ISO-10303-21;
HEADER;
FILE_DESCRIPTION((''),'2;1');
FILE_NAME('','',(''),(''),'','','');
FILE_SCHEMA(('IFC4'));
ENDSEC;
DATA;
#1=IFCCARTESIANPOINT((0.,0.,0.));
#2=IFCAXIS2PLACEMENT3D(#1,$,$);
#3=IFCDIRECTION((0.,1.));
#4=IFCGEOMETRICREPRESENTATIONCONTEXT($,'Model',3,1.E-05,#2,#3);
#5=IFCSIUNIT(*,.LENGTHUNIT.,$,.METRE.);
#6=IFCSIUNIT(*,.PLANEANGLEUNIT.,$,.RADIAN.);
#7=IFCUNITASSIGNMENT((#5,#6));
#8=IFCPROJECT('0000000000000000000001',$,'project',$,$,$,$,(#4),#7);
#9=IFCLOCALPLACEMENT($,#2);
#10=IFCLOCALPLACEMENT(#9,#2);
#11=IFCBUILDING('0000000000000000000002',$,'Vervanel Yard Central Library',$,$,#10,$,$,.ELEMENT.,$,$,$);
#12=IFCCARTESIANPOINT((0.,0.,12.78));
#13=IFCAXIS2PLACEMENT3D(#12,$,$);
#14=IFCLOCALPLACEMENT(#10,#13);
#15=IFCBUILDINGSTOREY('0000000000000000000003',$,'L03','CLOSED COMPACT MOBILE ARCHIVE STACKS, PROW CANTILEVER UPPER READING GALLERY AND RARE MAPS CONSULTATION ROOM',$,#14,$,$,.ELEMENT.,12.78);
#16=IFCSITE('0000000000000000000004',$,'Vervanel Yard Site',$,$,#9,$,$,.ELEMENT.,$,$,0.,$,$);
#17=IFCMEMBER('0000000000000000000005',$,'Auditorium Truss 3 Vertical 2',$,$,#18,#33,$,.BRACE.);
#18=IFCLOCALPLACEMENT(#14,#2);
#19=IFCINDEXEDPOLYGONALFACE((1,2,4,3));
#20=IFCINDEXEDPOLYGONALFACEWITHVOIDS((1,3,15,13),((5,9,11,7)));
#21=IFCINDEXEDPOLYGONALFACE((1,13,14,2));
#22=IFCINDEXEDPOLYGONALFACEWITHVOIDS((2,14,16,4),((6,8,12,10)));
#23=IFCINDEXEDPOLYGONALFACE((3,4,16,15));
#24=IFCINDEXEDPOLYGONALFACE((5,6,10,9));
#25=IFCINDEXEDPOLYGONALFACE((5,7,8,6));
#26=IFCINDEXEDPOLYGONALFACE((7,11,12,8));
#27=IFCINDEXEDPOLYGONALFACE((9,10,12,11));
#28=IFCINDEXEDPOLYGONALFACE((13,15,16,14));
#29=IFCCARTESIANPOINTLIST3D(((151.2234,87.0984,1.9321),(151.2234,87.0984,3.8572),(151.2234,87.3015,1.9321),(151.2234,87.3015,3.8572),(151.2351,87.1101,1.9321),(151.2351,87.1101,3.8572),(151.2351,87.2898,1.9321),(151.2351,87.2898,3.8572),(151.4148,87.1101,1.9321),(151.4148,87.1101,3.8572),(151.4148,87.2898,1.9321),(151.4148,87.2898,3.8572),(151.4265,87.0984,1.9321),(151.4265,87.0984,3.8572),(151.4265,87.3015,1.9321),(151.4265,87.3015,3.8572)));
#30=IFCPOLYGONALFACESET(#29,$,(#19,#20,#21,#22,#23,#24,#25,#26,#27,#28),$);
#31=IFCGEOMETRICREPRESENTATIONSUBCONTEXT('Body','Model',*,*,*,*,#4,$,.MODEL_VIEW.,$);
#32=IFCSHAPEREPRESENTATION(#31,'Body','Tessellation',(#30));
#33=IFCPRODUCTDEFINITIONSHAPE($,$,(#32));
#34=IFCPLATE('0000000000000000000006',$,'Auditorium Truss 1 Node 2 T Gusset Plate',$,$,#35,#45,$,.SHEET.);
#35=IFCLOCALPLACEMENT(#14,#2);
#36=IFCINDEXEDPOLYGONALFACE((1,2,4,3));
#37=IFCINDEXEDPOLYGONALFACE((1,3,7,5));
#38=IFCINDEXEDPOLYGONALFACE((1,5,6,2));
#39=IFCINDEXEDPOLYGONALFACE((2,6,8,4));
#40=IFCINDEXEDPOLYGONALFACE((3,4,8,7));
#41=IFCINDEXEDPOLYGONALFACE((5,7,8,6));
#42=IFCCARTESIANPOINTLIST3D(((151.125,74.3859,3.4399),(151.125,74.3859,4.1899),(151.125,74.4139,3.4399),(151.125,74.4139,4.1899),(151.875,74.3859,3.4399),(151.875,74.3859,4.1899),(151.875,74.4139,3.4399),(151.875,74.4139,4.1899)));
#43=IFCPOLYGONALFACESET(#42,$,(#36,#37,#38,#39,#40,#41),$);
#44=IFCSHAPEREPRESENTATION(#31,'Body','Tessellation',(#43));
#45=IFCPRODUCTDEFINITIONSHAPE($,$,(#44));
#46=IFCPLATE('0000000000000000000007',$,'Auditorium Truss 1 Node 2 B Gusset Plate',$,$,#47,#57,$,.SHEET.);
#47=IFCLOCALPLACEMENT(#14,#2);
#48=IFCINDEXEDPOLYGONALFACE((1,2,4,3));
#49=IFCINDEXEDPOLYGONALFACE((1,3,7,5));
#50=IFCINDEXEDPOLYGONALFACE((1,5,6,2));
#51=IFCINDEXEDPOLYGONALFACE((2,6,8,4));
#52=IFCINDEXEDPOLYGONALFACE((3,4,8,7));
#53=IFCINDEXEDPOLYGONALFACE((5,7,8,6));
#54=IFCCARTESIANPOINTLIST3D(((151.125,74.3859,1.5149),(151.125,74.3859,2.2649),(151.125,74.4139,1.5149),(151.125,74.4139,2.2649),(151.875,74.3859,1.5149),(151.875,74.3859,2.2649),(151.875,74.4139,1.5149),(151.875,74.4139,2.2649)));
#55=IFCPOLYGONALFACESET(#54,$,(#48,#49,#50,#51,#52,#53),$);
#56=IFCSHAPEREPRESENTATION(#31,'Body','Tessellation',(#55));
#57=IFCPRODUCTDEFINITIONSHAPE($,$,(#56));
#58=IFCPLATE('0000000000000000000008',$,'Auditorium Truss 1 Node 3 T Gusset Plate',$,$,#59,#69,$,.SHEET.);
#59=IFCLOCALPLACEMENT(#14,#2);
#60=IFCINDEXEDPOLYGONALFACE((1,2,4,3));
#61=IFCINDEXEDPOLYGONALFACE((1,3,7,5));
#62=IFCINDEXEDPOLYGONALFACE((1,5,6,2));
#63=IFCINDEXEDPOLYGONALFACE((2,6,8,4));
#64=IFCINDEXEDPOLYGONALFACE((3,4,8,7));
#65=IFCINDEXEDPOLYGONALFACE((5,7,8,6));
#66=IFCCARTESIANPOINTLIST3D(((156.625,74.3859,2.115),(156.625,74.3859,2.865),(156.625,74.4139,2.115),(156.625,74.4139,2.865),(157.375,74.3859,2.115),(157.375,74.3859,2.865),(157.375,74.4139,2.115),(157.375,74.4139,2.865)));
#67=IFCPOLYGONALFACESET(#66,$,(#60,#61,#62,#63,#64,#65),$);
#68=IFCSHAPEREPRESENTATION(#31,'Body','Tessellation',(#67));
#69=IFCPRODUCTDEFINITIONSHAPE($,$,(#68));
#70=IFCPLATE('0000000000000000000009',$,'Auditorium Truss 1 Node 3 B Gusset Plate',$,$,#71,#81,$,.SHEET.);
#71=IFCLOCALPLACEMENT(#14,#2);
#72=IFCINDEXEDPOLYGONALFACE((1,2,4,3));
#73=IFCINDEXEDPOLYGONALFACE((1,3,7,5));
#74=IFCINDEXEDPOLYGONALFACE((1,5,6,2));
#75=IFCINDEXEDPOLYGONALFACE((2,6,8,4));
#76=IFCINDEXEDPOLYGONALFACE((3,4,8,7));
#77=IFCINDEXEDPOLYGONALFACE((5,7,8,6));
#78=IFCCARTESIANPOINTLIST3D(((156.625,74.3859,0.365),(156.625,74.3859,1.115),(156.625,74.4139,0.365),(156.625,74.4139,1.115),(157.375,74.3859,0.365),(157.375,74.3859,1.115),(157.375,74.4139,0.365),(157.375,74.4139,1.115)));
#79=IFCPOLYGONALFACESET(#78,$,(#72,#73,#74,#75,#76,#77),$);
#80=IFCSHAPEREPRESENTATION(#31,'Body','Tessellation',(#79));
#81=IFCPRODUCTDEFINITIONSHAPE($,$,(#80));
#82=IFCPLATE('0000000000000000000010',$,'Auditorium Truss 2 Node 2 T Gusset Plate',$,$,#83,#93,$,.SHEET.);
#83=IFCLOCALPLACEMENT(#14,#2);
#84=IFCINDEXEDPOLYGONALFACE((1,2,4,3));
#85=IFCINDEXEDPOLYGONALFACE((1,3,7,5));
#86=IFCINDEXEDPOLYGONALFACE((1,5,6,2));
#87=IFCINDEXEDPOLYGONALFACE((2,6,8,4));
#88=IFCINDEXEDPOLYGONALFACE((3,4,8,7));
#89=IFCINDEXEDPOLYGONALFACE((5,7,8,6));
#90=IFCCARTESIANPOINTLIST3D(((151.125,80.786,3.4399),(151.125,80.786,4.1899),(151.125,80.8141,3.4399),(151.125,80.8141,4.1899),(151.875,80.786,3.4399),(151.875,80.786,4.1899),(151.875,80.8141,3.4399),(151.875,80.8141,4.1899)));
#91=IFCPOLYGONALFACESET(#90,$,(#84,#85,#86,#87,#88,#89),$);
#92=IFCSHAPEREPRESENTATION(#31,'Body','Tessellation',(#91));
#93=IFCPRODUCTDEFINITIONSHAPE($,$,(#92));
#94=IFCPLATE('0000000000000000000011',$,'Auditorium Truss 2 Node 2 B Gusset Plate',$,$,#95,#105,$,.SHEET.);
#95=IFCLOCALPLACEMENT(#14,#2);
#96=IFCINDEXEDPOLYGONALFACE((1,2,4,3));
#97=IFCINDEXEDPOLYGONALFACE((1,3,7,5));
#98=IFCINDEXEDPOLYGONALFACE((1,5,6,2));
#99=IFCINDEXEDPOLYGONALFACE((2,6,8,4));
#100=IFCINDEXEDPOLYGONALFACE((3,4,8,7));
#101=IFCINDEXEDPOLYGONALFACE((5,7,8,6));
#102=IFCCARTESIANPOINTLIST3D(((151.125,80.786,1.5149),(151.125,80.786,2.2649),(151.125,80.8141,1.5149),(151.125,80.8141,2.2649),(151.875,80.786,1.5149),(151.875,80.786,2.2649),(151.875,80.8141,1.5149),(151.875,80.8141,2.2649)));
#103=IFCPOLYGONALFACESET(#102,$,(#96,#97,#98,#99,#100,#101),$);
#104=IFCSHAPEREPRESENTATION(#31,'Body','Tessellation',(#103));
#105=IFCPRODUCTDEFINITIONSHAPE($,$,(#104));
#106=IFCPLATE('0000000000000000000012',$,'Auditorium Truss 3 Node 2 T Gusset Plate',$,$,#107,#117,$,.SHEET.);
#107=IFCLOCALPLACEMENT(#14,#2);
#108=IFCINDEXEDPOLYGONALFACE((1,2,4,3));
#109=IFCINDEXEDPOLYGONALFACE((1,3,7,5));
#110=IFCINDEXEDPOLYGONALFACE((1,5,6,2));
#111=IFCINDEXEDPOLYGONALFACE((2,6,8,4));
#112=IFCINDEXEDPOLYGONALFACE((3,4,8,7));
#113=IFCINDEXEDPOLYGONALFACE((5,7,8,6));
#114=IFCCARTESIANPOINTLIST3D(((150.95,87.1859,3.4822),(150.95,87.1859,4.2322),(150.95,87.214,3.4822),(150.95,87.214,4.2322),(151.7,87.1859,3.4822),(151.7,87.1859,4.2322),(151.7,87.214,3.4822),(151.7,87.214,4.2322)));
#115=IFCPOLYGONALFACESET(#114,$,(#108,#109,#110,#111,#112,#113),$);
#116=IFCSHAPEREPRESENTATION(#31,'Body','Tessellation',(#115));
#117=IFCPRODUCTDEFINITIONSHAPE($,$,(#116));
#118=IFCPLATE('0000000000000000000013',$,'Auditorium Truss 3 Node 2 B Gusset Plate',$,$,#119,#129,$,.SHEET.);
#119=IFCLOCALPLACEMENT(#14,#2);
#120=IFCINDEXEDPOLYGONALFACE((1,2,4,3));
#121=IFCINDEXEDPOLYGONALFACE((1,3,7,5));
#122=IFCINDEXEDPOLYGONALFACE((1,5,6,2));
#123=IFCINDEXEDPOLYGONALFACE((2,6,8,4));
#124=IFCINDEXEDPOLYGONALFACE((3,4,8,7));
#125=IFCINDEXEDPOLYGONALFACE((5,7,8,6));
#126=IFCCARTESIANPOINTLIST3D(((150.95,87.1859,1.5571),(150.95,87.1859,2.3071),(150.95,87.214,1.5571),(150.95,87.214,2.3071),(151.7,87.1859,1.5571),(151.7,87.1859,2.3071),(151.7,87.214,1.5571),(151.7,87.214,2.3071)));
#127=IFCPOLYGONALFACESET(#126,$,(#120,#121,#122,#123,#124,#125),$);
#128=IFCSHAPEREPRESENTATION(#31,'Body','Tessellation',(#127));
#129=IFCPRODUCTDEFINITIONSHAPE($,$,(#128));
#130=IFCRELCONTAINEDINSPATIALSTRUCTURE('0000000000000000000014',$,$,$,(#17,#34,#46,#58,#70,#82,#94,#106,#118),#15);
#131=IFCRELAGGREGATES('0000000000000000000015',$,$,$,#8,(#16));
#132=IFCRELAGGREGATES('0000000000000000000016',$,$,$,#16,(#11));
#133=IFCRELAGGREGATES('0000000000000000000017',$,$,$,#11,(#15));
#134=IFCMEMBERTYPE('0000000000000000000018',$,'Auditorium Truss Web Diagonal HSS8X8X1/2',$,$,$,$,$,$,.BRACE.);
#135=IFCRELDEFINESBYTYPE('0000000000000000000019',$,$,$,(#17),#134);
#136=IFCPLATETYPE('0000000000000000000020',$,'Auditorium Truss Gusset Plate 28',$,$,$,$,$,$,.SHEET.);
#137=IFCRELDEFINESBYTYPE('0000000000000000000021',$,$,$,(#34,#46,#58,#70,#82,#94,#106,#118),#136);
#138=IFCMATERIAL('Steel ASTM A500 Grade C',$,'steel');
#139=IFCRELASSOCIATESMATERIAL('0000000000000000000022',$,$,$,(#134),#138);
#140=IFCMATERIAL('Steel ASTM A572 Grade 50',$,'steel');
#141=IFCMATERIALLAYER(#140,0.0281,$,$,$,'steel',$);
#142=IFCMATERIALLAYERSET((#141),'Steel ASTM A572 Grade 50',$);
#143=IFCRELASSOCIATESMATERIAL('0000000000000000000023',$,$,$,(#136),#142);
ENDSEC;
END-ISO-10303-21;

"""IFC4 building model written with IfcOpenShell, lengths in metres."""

from ifc_helpers import new_model, si_unit, direction, frame, origin, origin_2d, place, context, subcontext, project, spatial, rectangle, hollow_rectangle, extrude, material, layer, layer_set, material_profile, profile_set, type_object, element, save


model = new_model("IFC4")

# Units and contexts
model_context = context("Model", 3, precision=1e-05, world=origin(), true_north=direction((0.0, 1.0)))
body_context = subcontext(model_context, "Body", "Model", "MODEL_VIEW")
ifc_project = project(units=[si_unit("LENGTHUNIT", "METRE"), si_unit("PLANEANGLEUNIT", "RADIAN")], contexts=[model_context])

# Site, building, storey
site_placement = place(None, origin())
site = spatial("IfcSite", under=ifc_project, at=site_placement, Name="Vervanel Yard Site", CompositionType="ELEMENT", RefElevation=0.0)
building_placement = place(site_placement, origin())
building = spatial("IfcBuilding", under=site, at=building_placement, Name="Vervanel Yard Central Library", CompositionType="ELEMENT")
storey_placement = place(building_placement, frame((0.0, 0.0, 12.78)))
storey = spatial("IfcBuildingStorey", under=building, at=storey_placement, Name="L03", Description="CLOSED COMPACT MOBILE ARCHIVE STACKS, PROW CANTILEVER UPPER READING GALLERY AND RARE MAPS CONSULTATION ROOM", CompositionType="ELEMENT", Elevation=12.78)

# Member
ifc_material_1 = material(Name="Steel ASTM A500 Grade C", Category="steel")
ifc_material_profile_1 = material_profile(ifc_material_1, hollow_rectangle(XDim=0.2031, YDim=0.2031, WallThickness=0.0117, at=origin_2d()), Name="HSS8X8X1/2", Category="steel")
ifc_profile_set_1 = profile_set([ifc_material_profile_1], Name="Steel ASTM A500 Grade C")
member_type_1 = type_object("IfcMemberType", Name="Auditorium Truss Web Diagonal HSS8X8X1/2", PredefinedType="BRACE", material=ifc_profile_set_1)
member_1_placement = place(storey_placement, frame((151.325, 87.2, 1.9321), z_axis=(0.0, 0.0, 1.0), x_axis=(1.0, 0.0, 0.0)))
element("IfcMember", 1, at=member_1_placement, inside=storey, type_object=member_type_1, Name="Auditorium Truss 3 Vertical 2", PredefinedType="BRACE", context=body_context, shape_type="SweptSolid", body=[
    extrude(hollow_rectangle(XDim=0.2031, YDim=0.2031, WallThickness=0.0117, at=origin_2d()), origin(), (0.0, 0.0, 1.0), 1.925),
])

# Plates
ifc_material_2 = material(Name="Steel ASTM A572 Grade 50", Category="steel")
ifc_layer = layer(ifc_material_2, 0.0281, Category="steel")
ifc_layer_set = layer_set([ifc_layer], Name="Steel ASTM A572 Grade 50")
plate_type = type_object("IfcPlateType", Name="Auditorium Truss Gusset Plate 28", PredefinedType="SHEET", material=ifc_layer_set)
for number, where, z_axis, x_axis, name in (
    (2, (151.5, 74.3999, 3.4399), (0.0, 0.0, 1.0), (1.0, 0.0, 0.0), "Auditorium Truss 1 Node 2 T Gusset Plate"),
    (3, (151.5, 74.3999, 1.5149), (0.0, 0.0, 1.0), (1.0, 0.0, 0.0), "Auditorium Truss 1 Node 2 B Gusset Plate"),
    (4, (157.0, 74.3999, 2.115), (0.0, 0.0, 1.0), (1.0, 0.0, 0.0), "Auditorium Truss 1 Node 3 T Gusset Plate"),
    (5, (157.0, 74.3999, 0.365), (0.0, 0.0, 1.0), (1.0, 0.0, 0.0), "Auditorium Truss 1 Node 3 B Gusset Plate"),
    (6, (151.5, 80.8, 3.4399), (0.0, 0.0, 1.0), (1.0, 0.0, 0.0), "Auditorium Truss 2 Node 2 T Gusset Plate"),
    (7, (151.5, 80.8, 1.5149), (0.0, 0.0, 1.0), (1.0, 0.0, 0.0), "Auditorium Truss 2 Node 2 B Gusset Plate"),
    (8, (151.325, 87.2, 3.4822), (0.0, 0.0, 1.0), (1.0, 0.0, 0.0), "Auditorium Truss 3 Node 2 T Gusset Plate"),
    (9, (151.325, 87.2, 1.5571), (0.0, 0.0, 1.0), (1.0, 0.0, 0.0), "Auditorium Truss 3 Node 2 B Gusset Plate"),
):
    element("IfcPlate", number, at=place(storey_placement, frame(where, z_axis=z_axis, x_axis=x_axis)), inside=storey, type_object=plate_type, Name=name, PredefinedType="SHEET", context=body_context, shape_type="SweptSolid", body=[
        extrude(rectangle(XDim=0.75, YDim=0.0281, at=origin_2d()), origin(), (0.0, 0.0, 1.0), 0.75),
    ])

save(model, "model.ifc")
